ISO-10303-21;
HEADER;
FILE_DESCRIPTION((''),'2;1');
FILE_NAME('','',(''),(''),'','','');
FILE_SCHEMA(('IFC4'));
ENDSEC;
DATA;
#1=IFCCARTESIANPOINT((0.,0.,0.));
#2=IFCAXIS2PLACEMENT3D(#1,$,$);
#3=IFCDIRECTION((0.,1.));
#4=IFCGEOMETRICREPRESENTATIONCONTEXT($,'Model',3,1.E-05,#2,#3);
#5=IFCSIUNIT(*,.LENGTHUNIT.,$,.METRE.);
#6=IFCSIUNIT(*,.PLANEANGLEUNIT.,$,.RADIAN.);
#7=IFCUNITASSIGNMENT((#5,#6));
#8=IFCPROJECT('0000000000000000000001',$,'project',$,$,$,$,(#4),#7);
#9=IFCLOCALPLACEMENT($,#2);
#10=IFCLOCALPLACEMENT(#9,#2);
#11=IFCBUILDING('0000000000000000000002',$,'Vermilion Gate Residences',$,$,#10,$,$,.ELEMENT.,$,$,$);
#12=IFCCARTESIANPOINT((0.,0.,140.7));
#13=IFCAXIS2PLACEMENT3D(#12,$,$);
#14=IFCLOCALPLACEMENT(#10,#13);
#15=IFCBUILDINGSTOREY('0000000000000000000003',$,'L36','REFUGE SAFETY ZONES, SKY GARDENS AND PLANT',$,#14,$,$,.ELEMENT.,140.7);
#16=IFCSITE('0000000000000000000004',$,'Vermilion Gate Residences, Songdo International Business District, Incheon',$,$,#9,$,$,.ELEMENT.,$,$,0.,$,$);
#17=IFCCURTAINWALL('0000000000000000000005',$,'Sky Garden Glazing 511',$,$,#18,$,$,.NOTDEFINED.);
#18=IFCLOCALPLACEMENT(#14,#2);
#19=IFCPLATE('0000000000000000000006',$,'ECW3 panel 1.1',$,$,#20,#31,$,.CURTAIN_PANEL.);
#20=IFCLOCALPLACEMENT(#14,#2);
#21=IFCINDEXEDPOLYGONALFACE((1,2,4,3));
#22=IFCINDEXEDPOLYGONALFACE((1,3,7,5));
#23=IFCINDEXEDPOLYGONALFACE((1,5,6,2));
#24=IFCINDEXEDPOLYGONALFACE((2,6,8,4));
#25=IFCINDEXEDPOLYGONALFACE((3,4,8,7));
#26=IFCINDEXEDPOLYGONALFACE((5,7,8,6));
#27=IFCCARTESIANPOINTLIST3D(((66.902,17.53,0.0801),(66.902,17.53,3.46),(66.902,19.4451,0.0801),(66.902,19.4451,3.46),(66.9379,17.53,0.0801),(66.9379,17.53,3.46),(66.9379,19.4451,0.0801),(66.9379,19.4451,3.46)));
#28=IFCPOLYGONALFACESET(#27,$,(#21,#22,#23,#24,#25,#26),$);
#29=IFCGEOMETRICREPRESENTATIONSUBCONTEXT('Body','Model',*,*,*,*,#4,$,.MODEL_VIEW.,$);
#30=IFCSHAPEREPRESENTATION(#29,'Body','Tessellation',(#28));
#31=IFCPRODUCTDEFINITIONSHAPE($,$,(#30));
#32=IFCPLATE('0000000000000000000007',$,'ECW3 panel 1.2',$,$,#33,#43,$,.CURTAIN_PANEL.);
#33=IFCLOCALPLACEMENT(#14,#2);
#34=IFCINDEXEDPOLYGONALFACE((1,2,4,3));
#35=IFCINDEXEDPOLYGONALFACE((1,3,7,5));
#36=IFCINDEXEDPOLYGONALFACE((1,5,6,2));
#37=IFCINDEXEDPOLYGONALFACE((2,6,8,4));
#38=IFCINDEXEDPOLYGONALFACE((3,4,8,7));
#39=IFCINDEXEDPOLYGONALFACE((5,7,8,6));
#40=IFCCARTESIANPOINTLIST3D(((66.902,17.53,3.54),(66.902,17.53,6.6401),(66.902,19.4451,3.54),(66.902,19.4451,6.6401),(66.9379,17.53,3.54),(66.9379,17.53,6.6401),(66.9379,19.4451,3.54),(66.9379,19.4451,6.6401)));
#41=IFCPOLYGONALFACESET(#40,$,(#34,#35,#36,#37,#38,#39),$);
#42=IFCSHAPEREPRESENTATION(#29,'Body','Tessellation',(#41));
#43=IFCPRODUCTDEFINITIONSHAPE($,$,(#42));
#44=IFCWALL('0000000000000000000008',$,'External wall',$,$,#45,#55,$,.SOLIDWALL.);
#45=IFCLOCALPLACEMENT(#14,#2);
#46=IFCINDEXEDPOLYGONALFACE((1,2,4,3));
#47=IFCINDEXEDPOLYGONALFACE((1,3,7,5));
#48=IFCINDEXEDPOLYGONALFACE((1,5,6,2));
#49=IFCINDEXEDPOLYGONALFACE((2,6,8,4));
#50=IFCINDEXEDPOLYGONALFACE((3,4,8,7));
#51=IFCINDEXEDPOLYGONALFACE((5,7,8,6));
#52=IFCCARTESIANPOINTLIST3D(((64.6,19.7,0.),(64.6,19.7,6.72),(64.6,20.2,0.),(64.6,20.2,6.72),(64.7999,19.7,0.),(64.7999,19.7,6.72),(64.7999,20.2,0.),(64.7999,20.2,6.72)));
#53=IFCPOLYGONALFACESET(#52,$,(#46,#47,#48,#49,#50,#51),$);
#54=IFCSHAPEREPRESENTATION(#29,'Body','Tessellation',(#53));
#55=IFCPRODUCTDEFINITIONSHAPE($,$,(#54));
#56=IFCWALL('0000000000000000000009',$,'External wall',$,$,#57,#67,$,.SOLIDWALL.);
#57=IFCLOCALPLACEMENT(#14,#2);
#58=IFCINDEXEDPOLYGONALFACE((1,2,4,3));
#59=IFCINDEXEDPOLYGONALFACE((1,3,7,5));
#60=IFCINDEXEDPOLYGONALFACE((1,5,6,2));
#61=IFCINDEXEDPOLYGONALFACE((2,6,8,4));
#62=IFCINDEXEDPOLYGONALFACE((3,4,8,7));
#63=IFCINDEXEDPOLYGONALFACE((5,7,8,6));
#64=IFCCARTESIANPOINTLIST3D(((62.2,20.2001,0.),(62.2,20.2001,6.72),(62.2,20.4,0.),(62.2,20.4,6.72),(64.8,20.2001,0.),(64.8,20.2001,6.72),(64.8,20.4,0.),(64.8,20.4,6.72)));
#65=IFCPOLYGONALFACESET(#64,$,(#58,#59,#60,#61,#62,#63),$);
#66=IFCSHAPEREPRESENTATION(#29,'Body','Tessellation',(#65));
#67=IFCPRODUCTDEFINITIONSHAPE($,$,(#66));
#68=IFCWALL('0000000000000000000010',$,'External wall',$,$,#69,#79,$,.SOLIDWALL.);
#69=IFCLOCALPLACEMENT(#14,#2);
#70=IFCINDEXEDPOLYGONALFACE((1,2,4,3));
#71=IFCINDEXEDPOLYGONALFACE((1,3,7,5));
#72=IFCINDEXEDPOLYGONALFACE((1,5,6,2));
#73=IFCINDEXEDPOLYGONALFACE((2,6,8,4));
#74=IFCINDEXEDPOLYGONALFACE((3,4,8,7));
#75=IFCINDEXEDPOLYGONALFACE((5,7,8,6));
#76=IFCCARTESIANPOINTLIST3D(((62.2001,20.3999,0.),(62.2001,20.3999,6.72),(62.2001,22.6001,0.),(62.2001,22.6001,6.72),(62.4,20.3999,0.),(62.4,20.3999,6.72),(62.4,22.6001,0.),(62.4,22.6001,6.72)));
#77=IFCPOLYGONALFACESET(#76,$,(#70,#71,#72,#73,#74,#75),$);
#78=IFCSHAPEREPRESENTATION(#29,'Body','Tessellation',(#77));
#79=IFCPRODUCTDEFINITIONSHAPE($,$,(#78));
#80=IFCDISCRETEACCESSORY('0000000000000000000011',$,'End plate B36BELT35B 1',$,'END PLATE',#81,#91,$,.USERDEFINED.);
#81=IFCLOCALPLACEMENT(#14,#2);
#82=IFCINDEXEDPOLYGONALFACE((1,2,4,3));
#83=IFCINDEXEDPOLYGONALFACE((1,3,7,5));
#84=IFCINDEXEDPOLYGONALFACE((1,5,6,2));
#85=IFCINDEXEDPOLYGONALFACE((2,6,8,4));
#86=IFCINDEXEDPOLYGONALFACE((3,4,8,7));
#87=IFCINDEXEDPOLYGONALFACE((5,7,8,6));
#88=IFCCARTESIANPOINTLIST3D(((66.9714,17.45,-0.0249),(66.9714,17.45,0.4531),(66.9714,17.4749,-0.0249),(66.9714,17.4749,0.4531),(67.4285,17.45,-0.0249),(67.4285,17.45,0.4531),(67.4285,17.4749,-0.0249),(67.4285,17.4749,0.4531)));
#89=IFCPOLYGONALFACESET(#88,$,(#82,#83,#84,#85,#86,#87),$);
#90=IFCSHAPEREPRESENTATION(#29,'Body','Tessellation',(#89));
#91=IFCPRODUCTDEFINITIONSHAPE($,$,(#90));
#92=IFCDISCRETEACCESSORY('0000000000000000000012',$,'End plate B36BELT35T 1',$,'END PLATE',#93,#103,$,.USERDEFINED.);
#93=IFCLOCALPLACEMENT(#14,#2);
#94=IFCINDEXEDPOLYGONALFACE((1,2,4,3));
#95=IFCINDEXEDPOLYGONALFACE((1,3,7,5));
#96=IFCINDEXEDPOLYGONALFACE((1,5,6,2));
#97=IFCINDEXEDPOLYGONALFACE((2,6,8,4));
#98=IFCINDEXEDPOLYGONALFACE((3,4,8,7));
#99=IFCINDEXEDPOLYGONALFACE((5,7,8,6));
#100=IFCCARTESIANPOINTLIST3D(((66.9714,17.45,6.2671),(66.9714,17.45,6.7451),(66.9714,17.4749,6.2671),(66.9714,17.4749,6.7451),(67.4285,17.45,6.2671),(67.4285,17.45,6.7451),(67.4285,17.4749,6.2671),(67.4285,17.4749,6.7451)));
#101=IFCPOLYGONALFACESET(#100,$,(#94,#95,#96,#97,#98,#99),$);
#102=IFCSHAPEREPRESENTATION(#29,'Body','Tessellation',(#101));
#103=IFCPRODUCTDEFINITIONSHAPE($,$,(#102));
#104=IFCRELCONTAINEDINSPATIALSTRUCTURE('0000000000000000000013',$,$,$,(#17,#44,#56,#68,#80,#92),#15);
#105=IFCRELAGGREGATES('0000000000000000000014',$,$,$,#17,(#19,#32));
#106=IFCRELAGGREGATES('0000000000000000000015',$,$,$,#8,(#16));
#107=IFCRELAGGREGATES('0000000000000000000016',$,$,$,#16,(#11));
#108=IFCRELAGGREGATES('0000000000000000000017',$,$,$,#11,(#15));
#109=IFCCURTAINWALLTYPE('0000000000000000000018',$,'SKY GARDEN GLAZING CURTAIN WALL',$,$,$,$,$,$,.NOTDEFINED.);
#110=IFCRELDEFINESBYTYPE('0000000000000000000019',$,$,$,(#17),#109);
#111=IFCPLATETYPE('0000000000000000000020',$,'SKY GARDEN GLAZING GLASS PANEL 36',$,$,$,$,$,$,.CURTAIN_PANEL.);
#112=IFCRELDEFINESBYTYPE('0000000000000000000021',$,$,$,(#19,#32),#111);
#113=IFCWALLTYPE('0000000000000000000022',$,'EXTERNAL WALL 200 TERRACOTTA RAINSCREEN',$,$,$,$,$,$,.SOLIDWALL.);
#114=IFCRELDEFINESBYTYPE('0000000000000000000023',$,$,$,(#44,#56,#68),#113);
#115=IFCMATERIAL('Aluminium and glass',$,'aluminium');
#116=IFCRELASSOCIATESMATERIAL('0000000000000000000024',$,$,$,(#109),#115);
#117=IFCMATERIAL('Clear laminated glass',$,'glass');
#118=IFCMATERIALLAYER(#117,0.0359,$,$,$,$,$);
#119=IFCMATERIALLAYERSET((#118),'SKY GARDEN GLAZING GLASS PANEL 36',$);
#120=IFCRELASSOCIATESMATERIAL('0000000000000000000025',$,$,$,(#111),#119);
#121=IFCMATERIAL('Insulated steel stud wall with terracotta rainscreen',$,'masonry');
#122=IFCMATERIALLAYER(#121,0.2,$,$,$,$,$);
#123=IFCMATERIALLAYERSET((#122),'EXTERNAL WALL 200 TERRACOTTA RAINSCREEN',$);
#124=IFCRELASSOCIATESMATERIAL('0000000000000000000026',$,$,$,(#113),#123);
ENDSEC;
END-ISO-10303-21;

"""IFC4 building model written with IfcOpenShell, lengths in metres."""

from ifc_helpers import new_model, si_unit, direction, frame, frame_2d, origin, origin_2d, place, context, subcontext, project, spatial, rectangle, extrude, material, layer, layer_set, type_object, element, aggregate, save


model = new_model("IFC4")

# Units and contexts
model_context = context("Model", 3, precision=1e-05, world=origin(), true_north=direction((0.0, 1.0)))
body_context = subcontext(model_context, "Body", "Model", "MODEL_VIEW")
ifc_project = project(units=[si_unit("LENGTHUNIT", "METRE"), si_unit("PLANEANGLEUNIT", "RADIAN")], contexts=[model_context])

# Site, building, storey
site_placement = place(None, origin())
site = spatial("IfcSite", under=ifc_project, at=site_placement, Name="Vermilion Gate Residences, Songdo International Business District, Incheon", CompositionType="ELEMENT", RefElevation=0.0)
building_placement = place(site_placement, origin())
building = spatial("IfcBuilding", under=site, at=building_placement, Name="Vermilion Gate Residences", CompositionType="ELEMENT")
storey_placement = place(building_placement, frame((0.0, 0.0, 140.7)))
storey = spatial("IfcBuildingStorey", under=building, at=storey_placement, Name="L36", Description="REFUGE SAFETY ZONES, SKY GARDENS AND PLANT", CompositionType="ELEMENT", Elevation=140.7)

# Curtain wall
ifc_material_1 = material(Name="Aluminium and glass", Category="aluminium")
curtain_wall_type = type_object("IfcCurtainWallType", Name="SKY GARDEN GLAZING CURTAIN WALL", PredefinedType="NOTDEFINED", material=ifc_material_1)
curtain_wall_1_placement = place(storey_placement, origin())
curtain_wall_1 = element("IfcCurtainWall", 1, at=curtain_wall_1_placement, inside=storey, type_object=curtain_wall_type, Name="Sky Garden Glazing 511", PredefinedType="NOTDEFINED")

# Plates
ifc_material_2 = material(Name="Clear laminated glass", Category="glass")
ifc_layer_1 = layer(ifc_material_2, 0.0359)
ifc_layer_set_1 = layer_set([ifc_layer_1], Name="SKY GARDEN GLAZING GLASS PANEL 36")
plate_type = type_object("IfcPlateType", Name="SKY GARDEN GLAZING GLASS PANEL 36", PredefinedType="CURTAIN_PANEL", material=ifc_layer_set_1)
plate_1_placement = place(storey_placement, frame((66.9199, 18.4875, 0.0801), z_axis=(0.0, 0.0, 1.0), x_axis=(0.0, 1.0, 0.0)))
plate_1 = element("IfcPlate", 2, at=plate_1_placement, type_object=plate_type, Name="ECW3 panel 1.1", PredefinedType="CURTAIN_PANEL", context=body_context, shape_type="SweptSolid", body=[
    extrude(rectangle(XDim=1.915, YDim=0.0359, at=origin_2d()), origin(), (0.0, 0.0, 1.0), 3.3799),
])
plate_2_placement = place(storey_placement, frame((66.9199, 18.4875, 3.54), z_axis=(0.0, 0.0, 1.0), x_axis=(0.0, 1.0, 0.0)))
plate_2 = element("IfcPlate", 3, at=plate_2_placement, type_object=plate_type, Name="ECW3 panel 1.2", PredefinedType="CURTAIN_PANEL", context=body_context, shape_type="SweptSolid", body=[
    extrude(rectangle(XDim=1.915, YDim=0.0359, at=origin_2d()), origin(), (0.0, 0.0, 1.0), 3.1001),
])
aggregate(curtain_wall_1, [plate_1, plate_2])

# Shared definitions
ifc_material_3 = material(Name="Insulated steel stud wall with terracotta rainscreen", Category="masonry")
ifc_layer_2 = layer(ifc_material_3, 0.2)
ifc_layer_set_2 = layer_set([ifc_layer_2], Name="EXTERNAL WALL 200 TERRACOTTA RAINSCREEN")
wall_type = type_object("IfcWallType", Name="EXTERNAL WALL 200 TERRACOTTA RAINSCREEN", PredefinedType="SOLIDWALL", material=ifc_layer_set_2)

# Walls
wall_1_placement = place(storey_placement, frame((64.7, 19.7, 0.0), z_axis=(0.0, 0.0, 1.0), x_axis=(0.0, 1.0, 0.0)))
element("IfcWall", 4, at=wall_1_placement, inside=storey, type_object=wall_type, Name="External wall", PredefinedType="SOLIDWALL", context=body_context, shape_type="SweptSolid", body=[
    extrude(rectangle(XDim=0.5, YDim=0.2, at=frame_2d((0.25, 0.0))), origin(), (0.0, 0.0, 1.0), 6.72),
])
wall_2_placement = place(storey_placement, frame((64.8, 20.3, 0.0), z_axis=(0.0, 0.0, 1.0), x_axis=(-1.0, 0.0, 0.0)))
element("IfcWall", 5, at=wall_2_placement, inside=storey, type_object=wall_type, Name="External wall", PredefinedType="SOLIDWALL", context=body_context, shape_type="SweptSolid", body=[
    extrude(rectangle(XDim=2.6001, YDim=0.2, at=frame_2d((1.3, 0.0))), origin(), (0.0, 0.0, 1.0), 6.72),
])
wall_3_placement = place(storey_placement, frame((62.3, 20.3999, 0.0), z_axis=(0.0, 0.0, 1.0), x_axis=(0.0, 1.0, 0.0)))
element("IfcWall", 6, at=wall_3_placement, inside=storey, type_object=wall_type, Name="External wall", PredefinedType="SOLIDWALL", context=body_context, shape_type="SweptSolid", body=[
    extrude(rectangle(XDim=2.2002, YDim=0.2, at=frame_2d((1.1001, 0.0))), origin(), (0.0, 0.0, 1.0), 6.72),
])

# Discrete accessories
for number, where, z_axis, x_axis, name in (
    (7, (67.2, 17.4624, -0.0249), (0.0, 0.0, 1.0), (1.0, 0.0, 0.0), "End plate B36BELT35B 1"),
    (8, (67.2, 17.4624, 6.2671), (0.0, 0.0, 1.0), (1.0, 0.0, 0.0), "End plate B36BELT35T 1"),
):
    element("IfcDiscreteAccessory", number, at=place(storey_placement, frame(where, z_axis=z_axis, x_axis=x_axis)), inside=storey, Name=name, ObjectType="END PLATE", PredefinedType="USERDEFINED", context=body_context, shape_type="SweptSolid", body=[
        extrude(rectangle(XDim=0.457, YDim=0.0249, at=origin_2d()), origin(), (0.0, 0.0, 1.0), 0.478),
    ])

save(model, "model.ifc")
